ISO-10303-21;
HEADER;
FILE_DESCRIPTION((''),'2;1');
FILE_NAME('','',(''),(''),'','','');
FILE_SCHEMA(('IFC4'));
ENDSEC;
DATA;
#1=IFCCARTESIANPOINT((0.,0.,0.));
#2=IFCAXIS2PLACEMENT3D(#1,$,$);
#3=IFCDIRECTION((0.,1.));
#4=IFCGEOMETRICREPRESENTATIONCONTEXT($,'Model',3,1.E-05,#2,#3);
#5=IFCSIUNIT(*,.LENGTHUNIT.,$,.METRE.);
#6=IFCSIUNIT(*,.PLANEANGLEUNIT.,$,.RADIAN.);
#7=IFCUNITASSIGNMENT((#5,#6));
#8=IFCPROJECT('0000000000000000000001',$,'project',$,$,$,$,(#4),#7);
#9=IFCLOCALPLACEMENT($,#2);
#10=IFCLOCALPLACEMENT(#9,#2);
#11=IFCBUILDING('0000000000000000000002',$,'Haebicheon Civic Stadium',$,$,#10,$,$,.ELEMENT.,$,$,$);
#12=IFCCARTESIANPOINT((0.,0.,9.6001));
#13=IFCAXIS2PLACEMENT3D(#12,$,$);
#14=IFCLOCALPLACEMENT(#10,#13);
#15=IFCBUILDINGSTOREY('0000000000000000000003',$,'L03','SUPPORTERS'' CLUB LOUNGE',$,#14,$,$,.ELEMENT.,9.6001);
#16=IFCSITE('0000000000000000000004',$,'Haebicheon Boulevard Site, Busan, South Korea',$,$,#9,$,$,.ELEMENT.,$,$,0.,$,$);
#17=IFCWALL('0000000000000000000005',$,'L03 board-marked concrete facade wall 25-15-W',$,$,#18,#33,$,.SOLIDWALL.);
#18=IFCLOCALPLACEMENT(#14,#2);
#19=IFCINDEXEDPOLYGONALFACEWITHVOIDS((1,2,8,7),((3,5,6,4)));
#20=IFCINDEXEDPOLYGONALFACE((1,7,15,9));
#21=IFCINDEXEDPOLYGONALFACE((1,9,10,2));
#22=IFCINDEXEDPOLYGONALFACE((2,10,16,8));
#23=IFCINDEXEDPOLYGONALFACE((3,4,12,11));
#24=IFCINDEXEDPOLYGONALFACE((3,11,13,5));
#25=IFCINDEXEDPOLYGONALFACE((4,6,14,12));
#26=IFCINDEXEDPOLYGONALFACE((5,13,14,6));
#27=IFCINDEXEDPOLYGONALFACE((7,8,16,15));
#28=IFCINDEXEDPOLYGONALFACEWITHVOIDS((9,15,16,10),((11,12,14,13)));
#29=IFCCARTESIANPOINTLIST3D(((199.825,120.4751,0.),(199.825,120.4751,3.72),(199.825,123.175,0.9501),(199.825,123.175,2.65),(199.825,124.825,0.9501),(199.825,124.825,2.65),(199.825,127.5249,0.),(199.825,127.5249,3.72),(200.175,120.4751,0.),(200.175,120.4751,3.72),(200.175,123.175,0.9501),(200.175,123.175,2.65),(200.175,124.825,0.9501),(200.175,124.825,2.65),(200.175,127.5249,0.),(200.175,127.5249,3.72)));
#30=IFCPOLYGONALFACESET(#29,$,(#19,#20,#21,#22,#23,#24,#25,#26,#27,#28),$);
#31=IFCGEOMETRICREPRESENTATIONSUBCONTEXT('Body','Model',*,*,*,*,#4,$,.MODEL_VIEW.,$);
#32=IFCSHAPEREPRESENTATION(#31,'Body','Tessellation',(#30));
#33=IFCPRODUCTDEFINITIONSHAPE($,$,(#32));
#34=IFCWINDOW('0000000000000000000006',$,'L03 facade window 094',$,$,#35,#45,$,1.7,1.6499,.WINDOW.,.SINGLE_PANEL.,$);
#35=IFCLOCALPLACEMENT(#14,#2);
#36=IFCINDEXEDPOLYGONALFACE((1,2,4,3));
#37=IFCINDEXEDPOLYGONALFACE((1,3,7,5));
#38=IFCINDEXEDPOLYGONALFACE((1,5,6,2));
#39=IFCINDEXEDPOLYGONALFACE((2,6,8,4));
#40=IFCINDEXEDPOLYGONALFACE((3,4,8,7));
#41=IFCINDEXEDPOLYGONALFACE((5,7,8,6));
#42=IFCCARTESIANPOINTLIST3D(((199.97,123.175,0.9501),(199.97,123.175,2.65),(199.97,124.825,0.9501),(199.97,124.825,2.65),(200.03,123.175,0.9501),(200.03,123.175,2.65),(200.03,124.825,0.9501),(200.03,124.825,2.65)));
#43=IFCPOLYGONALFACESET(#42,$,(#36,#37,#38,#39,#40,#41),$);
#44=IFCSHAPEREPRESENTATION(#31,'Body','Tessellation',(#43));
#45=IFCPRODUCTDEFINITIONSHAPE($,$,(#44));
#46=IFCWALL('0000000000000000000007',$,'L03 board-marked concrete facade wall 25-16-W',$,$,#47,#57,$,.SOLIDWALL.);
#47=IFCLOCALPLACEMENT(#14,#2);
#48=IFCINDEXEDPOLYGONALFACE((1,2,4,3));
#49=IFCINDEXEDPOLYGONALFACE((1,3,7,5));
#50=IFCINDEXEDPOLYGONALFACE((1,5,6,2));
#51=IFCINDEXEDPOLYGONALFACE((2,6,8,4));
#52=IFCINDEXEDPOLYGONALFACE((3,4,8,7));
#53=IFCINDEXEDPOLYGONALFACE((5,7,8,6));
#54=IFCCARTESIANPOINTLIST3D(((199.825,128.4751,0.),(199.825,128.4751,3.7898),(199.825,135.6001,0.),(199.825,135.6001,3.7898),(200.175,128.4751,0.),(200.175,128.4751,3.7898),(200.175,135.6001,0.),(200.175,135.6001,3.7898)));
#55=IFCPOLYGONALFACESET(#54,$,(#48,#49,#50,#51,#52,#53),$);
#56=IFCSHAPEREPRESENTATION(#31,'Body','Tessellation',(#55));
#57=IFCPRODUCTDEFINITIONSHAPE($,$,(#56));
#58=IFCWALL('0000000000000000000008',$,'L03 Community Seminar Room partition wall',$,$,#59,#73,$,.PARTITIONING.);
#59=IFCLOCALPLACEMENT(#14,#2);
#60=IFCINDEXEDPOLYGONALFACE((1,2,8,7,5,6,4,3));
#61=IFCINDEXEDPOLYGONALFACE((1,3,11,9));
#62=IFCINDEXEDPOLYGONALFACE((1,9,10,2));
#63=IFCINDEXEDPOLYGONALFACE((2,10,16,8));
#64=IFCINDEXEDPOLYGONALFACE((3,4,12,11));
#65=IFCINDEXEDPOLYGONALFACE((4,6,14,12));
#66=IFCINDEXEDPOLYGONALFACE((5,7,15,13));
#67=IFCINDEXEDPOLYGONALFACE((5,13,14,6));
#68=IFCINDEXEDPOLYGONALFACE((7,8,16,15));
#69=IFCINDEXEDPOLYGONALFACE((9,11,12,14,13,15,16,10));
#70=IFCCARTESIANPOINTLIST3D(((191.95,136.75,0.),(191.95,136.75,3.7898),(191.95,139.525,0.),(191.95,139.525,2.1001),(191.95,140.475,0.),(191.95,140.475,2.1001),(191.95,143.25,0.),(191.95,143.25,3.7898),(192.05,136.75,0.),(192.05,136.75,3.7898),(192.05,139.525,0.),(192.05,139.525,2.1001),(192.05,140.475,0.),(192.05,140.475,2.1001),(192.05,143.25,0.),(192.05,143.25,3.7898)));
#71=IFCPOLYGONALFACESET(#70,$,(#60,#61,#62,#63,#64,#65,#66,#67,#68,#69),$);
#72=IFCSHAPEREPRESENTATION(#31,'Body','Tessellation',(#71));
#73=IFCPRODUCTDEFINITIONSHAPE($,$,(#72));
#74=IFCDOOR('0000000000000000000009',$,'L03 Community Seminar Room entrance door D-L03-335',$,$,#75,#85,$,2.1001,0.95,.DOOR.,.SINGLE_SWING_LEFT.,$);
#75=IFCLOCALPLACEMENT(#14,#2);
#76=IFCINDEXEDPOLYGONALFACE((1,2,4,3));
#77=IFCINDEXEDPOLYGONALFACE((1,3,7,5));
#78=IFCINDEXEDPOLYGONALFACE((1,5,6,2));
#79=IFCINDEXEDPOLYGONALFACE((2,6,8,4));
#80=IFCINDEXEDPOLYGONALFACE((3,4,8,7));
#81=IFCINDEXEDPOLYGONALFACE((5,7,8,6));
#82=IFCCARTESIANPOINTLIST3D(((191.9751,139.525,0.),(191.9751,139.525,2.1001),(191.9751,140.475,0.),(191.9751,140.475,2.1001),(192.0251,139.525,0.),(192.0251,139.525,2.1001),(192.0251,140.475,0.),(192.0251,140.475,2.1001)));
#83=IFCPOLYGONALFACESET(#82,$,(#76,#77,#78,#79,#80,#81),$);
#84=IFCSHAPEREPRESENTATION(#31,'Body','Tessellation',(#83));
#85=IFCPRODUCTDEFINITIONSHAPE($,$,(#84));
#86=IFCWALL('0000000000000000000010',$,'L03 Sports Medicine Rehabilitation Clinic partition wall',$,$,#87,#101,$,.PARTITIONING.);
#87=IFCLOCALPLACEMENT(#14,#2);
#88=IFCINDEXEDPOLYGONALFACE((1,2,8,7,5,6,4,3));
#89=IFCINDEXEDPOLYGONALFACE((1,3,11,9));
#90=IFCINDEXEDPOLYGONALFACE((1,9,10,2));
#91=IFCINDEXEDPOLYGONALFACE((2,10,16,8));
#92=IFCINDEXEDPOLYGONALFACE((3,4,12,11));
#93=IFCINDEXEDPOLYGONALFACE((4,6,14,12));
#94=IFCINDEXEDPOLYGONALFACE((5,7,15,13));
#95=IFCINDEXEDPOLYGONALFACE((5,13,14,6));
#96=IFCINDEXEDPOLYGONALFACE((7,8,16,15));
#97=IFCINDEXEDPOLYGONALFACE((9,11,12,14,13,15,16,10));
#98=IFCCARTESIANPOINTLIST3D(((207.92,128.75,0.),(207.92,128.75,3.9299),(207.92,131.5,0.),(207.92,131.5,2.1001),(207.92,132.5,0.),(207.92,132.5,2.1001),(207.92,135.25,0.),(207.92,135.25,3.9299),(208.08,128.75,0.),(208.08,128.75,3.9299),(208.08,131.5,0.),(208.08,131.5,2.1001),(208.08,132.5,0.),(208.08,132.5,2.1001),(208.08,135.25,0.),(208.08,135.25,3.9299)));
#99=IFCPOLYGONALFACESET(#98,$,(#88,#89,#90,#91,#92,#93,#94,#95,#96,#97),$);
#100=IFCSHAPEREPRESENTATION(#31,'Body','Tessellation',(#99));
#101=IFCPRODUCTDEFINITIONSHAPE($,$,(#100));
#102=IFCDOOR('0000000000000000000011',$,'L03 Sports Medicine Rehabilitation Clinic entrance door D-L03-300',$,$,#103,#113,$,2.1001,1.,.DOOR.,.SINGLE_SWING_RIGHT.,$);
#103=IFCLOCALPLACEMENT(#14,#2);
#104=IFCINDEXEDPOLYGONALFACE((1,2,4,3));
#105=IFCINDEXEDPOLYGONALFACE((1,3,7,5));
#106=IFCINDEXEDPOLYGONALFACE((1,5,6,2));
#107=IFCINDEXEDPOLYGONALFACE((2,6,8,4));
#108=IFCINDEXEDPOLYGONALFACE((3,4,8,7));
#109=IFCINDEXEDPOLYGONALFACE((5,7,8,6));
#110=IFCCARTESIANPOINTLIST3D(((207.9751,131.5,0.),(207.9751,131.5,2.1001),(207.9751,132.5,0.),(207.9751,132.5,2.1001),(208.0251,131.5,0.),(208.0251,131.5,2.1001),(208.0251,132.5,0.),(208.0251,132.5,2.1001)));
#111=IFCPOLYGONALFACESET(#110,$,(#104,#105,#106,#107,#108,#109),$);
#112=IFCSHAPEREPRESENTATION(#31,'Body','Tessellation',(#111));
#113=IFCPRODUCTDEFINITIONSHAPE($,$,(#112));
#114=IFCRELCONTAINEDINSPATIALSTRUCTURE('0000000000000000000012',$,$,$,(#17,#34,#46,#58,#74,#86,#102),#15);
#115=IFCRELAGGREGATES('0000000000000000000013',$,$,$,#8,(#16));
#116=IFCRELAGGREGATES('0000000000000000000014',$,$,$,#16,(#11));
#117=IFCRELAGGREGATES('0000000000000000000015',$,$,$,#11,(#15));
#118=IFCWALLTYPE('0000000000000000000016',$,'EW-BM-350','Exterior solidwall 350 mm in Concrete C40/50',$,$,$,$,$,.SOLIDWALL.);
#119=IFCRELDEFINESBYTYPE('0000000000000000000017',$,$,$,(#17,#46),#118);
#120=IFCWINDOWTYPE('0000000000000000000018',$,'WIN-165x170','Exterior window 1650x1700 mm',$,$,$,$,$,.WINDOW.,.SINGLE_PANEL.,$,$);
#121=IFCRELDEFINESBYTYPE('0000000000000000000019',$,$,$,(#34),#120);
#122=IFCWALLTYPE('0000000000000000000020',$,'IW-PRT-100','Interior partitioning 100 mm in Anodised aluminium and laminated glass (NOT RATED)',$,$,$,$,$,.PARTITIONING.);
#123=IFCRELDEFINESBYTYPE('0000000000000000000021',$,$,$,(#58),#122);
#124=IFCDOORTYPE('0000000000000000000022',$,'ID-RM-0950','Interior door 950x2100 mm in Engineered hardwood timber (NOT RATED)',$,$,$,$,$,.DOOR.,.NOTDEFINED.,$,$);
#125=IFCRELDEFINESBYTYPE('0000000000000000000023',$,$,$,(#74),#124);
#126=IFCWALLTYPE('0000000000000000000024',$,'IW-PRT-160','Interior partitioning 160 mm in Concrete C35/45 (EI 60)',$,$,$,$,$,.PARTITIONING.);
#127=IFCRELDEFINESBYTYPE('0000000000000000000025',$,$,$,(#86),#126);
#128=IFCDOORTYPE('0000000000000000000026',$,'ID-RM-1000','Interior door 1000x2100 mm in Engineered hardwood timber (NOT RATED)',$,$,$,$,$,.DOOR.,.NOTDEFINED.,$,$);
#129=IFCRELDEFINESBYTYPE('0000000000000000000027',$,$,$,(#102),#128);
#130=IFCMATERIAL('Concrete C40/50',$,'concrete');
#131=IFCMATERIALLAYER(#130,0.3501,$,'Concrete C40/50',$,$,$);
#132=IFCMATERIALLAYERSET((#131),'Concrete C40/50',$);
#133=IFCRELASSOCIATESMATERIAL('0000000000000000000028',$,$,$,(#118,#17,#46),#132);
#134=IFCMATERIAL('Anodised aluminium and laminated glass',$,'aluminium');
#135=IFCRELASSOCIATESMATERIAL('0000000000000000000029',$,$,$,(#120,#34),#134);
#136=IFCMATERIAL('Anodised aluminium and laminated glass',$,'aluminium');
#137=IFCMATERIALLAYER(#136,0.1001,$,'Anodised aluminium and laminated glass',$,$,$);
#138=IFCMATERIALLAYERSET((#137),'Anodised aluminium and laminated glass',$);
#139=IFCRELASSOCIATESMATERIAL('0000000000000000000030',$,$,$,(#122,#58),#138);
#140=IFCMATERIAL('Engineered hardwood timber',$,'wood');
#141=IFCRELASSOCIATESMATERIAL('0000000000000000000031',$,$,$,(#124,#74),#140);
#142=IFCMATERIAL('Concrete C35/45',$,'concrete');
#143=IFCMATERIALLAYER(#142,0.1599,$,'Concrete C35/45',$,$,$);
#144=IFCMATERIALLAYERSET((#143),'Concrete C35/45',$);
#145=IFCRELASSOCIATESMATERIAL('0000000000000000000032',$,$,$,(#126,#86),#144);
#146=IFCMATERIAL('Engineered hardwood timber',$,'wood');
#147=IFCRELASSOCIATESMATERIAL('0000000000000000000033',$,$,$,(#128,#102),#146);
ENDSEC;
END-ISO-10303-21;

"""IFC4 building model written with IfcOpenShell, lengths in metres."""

from ifc_helpers import new_model, si_unit, direction, frame, frame_2d, origin, place, context, subcontext, project, spatial, rectangle, extrude, material, layer, layer_set, type_object, element, fill, save


model = new_model("IFC4")

# Units and contexts
model_context = context("Model", 3, precision=1e-05, world=origin(), true_north=direction((0.0, 1.0)))
body_context = subcontext(model_context, "Body", "Model", "MODEL_VIEW")
ifc_project = project(units=[si_unit("LENGTHUNIT", "METRE"), si_unit("PLANEANGLEUNIT", "RADIAN")], contexts=[model_context])

# Site, building, storey
site_placement = place(None, origin())
site = spatial("IfcSite", under=ifc_project, at=site_placement, Name="Haebicheon Boulevard Site, Busan, South Korea", CompositionType="ELEMENT", RefElevation=0.0)
building_placement = place(site_placement, origin())
building = spatial("IfcBuilding", under=site, at=building_placement, Name="Haebicheon Civic Stadium", CompositionType="ELEMENT")
storey_placement = place(building_placement, frame((0.0, 0.0, 9.6001)))
storey = spatial("IfcBuildingStorey", under=building, at=storey_placement, Name="L03", Description="SUPPORTERS' CLUB LOUNGE", CompositionType="ELEMENT", Elevation=9.6001)

# Shared definitions
ifc_material_1 = material(Name="Concrete C40/50", Category="concrete")
ifc_layer_1 = layer(ifc_material_1, 0.3501, Name="Concrete C40/50")
ifc_layer_set_1 = layer_set([ifc_layer_1], Name="Concrete C40/50")
wall_type_1 = type_object("IfcWallType", Name="EW-BM-350", Description="Exterior solidwall 350 mm in Concrete C40/50", PredefinedType="SOLIDWALL", material=ifc_layer_set_1)

# Wall, opening, window
wall_1_placement = place(storey_placement, frame((200.0, 120.4751, 0.0), z_axis=(0.0, 0.0, 1.0), x_axis=(0.0, 1.0, 0.0)))
wall_1 = element("IfcWall", 1, at=wall_1_placement, inside=storey, type_object=wall_type_1, material=ifc_layer_set_1, Name="L03 board-marked concrete facade wall 25-15-W", PredefinedType="SOLIDWALL", context=body_context, shape_type="SweptSolid", body=[
    extrude(rectangle(XDim=7.0498, YDim=0.3501, at=frame_2d((3.5249, 0.0))), origin(), (0.0, 0.0, 1.0), 3.72),
])
opening_1_placement = place(wall_1_placement, frame((2.7, 0.0, 0.95)))
opening_1 = element("IfcOpeningElement", 2, at=opening_1_placement, cuts=wall_1, PredefinedType="OPENING", context=body_context, shape_type="SweptSolid", body=[
    extrude(rectangle(XDim=1.6499, YDim=1.7, at=frame_2d((0.825, 0.8501))), frame((0.0, 0.1851, 0.0), z_axis=(0.0, -1.0, 0.0), x_axis=(1.0, 0.0, 0.0)), (0.0, 0.0, 1.0), 0.3701),
])
ifc_material_2 = material(Name="Anodised aluminium and laminated glass", Category="aluminium")
window_type_1 = type_object("IfcWindowType", Name="WIN-165x170", Description="Exterior window 1650x1700 mm", PartitioningType="SINGLE_PANEL", PredefinedType="WINDOW", material=ifc_material_2)
window_1_placement = place(opening_1_placement, origin())
window_1 = element("IfcWindow", 3, at=window_1_placement, inside=storey, type_object=window_type_1, material=ifc_material_2, Name="L03 facade window 094", OverallHeight=1.7, OverallWidth=1.6499, PartitioningType="SINGLE_PANEL", PredefinedType="WINDOW", context=body_context, shape_type="SweptSolid", body=[
    extrude(rectangle(XDim=1.6499, YDim=1.7, at=frame_2d((0.825, 0.8501))), frame((0.0, 0.03, 0.0), z_axis=(0.0, -1.0, 0.0), x_axis=(1.0, 0.0, 0.0)), (0.0, 0.0, 1.0), 0.0601),
])
fill(opening_1, window_1)

# Wall
wall_2_placement = place(storey_placement, frame((200.0, 128.4751, 0.0), z_axis=(0.0, 0.0, 1.0), x_axis=(0.0, 1.0, 0.0)))
element("IfcWall", 4, at=wall_2_placement, inside=storey, type_object=wall_type_1, material=ifc_layer_set_1, Name="L03 board-marked concrete facade wall 25-16-W", PredefinedType="SOLIDWALL", context=body_context, shape_type="SweptSolid", body=[
    extrude(rectangle(XDim=7.125, YDim=0.3501, at=frame_2d((3.5625, 0.0))), origin(), (0.0, 0.0, 1.0), 3.7898),
])

# Walls, openings, doors
ifc_material_3 = material(Name="Anodised aluminium and laminated glass", Category="aluminium")
ifc_layer_2 = layer(ifc_material_3, 0.1001, Name="Anodised aluminium and laminated glass")
ifc_layer_set_2 = layer_set([ifc_layer_2], Name="Anodised aluminium and laminated glass")
wall_type_2 = type_object("IfcWallType", Name="IW-PRT-100", Description="Interior partitioning 100 mm in Anodised aluminium and laminated glass (NOT RATED)", PredefinedType="PARTITIONING", material=ifc_layer_set_2)
wall_3_placement = place(storey_placement, frame((192.0, 136.75, 0.0), z_axis=(0.0, 0.0, 1.0), x_axis=(0.0, 1.0, 0.0)))
wall_3 = element("IfcWall", 5, at=wall_3_placement, inside=storey, type_object=wall_type_2, material=ifc_layer_set_2, Name="L03 Community Seminar Room partition wall", PredefinedType="PARTITIONING", context=body_context, shape_type="SweptSolid", body=[
    extrude(rectangle(XDim=6.5, YDim=0.1001, at=frame_2d((3.25, 0.0))), origin(), (0.0, 0.0, 1.0), 3.7898),
])
opening_2_placement = place(wall_3_placement, frame((2.7749, 0.0, 0.0)))
opening_2 = element("IfcOpeningElement", 6, at=opening_2_placement, cuts=wall_3, PredefinedType="OPENING", context=body_context, shape_type="SweptSolid", body=[
    extrude(rectangle(XDim=0.95, YDim=2.1001, at=frame_2d((0.4751, 1.05))), frame((0.0, 0.0601, 0.0), z_axis=(0.0, -1.0, 0.0), x_axis=(1.0, 0.0, 0.0)), (0.0, 0.0, 1.0), 0.1201),
])
ifc_material_4 = material(Name="Engineered hardwood timber", Category="wood")
door_type_1 = type_object("IfcDoorType", Name="ID-RM-0950", Description="Interior door 950x2100 mm in Engineered hardwood timber (NOT RATED)", OperationType="NOTDEFINED", PredefinedType="DOOR", material=ifc_material_4)
door_1_placement = place(opening_2_placement, origin())
door_1 = element("IfcDoor", 7, at=door_1_placement, inside=storey, type_object=door_type_1, material=ifc_material_4, Name="L03 Community Seminar Room entrance door D-L03-335", OperationType="SINGLE_SWING_LEFT", OverallHeight=2.1001, OverallWidth=0.95, PredefinedType="DOOR", context=body_context, shape_type="SweptSolid", body=[
    extrude(rectangle(XDim=0.95, YDim=2.1001, at=frame_2d((0.4751, 1.05))), frame((0.0, 0.0249, 0.0), z_axis=(0.0, -1.0, 0.0), x_axis=(1.0, 0.0, 0.0)), (0.0, 0.0, 1.0), 0.05),
])
fill(opening_2, door_1)
ifc_material_5 = material(Name="Concrete C35/45", Category="concrete")
ifc_layer_3 = layer(ifc_material_5, 0.1599, Name="Concrete C35/45")
ifc_layer_set_3 = layer_set([ifc_layer_3], Name="Concrete C35/45")
wall_type_3 = type_object("IfcWallType", Name="IW-PRT-160", Description="Interior partitioning 160 mm in Concrete C35/45 (EI 60)", PredefinedType="PARTITIONING", material=ifc_layer_set_3)
wall_4_placement = place(storey_placement, frame((208.0, 128.75, 0.0), z_axis=(0.0, 0.0, 1.0), x_axis=(0.0, 1.0, 0.0)))
wall_4 = element("IfcWall", 8, at=wall_4_placement, inside=storey, type_object=wall_type_3, material=ifc_layer_set_3, Name="L03 Sports Medicine Rehabilitation Clinic partition wall", PredefinedType="PARTITIONING", context=body_context, shape_type="SweptSolid", body=[
    extrude(rectangle(XDim=6.5, YDim=0.1599, at=frame_2d((3.25, 0.0))), origin(), (0.0, 0.0, 1.0), 3.9299),
])
opening_3_placement = place(wall_4_placement, frame((2.75, 0.0, 0.0)))
opening_3 = element("IfcOpeningElement", 9, at=opening_3_placement, cuts=wall_4, PredefinedType="OPENING", context=body_context, shape_type="SweptSolid", body=[
    extrude(rectangle(XDim=1.0, YDim=2.1001, at=frame_2d((0.5, 1.05))), frame((0.0, 0.0898, 0.0), z_axis=(0.0, -1.0, 0.0), x_axis=(1.0, 0.0, 0.0)), (0.0, 0.0, 1.0), 0.1799),
])
ifc_material_6 = material(Name="Engineered hardwood timber", Category="wood")
door_type_2 = type_object("IfcDoorType", Name="ID-RM-1000", Description="Interior door 1000x2100 mm in Engineered hardwood timber (NOT RATED)", OperationType="NOTDEFINED", PredefinedType="DOOR", material=ifc_material_6)
door_2_placement = place(opening_3_placement, origin())
door_2 = element("IfcDoor", 10, at=door_2_placement, inside=storey, type_object=door_type_2, material=ifc_material_6, Name="L03 Sports Medicine Rehabilitation Clinic entrance door D-L03-300", OperationType="SINGLE_SWING_RIGHT", OverallHeight=2.1001, OverallWidth=1.0, PredefinedType="DOOR", context=body_context, shape_type="SweptSolid", body=[
    extrude(rectangle(XDim=1.0, YDim=2.1001, at=frame_2d((0.5, 1.05))), frame((0.0, 0.0249, 0.0), z_axis=(0.0, -1.0, 0.0), x_axis=(1.0, 0.0, 0.0)), (0.0, 0.0, 1.0), 0.05),
])
fill(opening_3, door_2)

save(model, "model.ifc")
